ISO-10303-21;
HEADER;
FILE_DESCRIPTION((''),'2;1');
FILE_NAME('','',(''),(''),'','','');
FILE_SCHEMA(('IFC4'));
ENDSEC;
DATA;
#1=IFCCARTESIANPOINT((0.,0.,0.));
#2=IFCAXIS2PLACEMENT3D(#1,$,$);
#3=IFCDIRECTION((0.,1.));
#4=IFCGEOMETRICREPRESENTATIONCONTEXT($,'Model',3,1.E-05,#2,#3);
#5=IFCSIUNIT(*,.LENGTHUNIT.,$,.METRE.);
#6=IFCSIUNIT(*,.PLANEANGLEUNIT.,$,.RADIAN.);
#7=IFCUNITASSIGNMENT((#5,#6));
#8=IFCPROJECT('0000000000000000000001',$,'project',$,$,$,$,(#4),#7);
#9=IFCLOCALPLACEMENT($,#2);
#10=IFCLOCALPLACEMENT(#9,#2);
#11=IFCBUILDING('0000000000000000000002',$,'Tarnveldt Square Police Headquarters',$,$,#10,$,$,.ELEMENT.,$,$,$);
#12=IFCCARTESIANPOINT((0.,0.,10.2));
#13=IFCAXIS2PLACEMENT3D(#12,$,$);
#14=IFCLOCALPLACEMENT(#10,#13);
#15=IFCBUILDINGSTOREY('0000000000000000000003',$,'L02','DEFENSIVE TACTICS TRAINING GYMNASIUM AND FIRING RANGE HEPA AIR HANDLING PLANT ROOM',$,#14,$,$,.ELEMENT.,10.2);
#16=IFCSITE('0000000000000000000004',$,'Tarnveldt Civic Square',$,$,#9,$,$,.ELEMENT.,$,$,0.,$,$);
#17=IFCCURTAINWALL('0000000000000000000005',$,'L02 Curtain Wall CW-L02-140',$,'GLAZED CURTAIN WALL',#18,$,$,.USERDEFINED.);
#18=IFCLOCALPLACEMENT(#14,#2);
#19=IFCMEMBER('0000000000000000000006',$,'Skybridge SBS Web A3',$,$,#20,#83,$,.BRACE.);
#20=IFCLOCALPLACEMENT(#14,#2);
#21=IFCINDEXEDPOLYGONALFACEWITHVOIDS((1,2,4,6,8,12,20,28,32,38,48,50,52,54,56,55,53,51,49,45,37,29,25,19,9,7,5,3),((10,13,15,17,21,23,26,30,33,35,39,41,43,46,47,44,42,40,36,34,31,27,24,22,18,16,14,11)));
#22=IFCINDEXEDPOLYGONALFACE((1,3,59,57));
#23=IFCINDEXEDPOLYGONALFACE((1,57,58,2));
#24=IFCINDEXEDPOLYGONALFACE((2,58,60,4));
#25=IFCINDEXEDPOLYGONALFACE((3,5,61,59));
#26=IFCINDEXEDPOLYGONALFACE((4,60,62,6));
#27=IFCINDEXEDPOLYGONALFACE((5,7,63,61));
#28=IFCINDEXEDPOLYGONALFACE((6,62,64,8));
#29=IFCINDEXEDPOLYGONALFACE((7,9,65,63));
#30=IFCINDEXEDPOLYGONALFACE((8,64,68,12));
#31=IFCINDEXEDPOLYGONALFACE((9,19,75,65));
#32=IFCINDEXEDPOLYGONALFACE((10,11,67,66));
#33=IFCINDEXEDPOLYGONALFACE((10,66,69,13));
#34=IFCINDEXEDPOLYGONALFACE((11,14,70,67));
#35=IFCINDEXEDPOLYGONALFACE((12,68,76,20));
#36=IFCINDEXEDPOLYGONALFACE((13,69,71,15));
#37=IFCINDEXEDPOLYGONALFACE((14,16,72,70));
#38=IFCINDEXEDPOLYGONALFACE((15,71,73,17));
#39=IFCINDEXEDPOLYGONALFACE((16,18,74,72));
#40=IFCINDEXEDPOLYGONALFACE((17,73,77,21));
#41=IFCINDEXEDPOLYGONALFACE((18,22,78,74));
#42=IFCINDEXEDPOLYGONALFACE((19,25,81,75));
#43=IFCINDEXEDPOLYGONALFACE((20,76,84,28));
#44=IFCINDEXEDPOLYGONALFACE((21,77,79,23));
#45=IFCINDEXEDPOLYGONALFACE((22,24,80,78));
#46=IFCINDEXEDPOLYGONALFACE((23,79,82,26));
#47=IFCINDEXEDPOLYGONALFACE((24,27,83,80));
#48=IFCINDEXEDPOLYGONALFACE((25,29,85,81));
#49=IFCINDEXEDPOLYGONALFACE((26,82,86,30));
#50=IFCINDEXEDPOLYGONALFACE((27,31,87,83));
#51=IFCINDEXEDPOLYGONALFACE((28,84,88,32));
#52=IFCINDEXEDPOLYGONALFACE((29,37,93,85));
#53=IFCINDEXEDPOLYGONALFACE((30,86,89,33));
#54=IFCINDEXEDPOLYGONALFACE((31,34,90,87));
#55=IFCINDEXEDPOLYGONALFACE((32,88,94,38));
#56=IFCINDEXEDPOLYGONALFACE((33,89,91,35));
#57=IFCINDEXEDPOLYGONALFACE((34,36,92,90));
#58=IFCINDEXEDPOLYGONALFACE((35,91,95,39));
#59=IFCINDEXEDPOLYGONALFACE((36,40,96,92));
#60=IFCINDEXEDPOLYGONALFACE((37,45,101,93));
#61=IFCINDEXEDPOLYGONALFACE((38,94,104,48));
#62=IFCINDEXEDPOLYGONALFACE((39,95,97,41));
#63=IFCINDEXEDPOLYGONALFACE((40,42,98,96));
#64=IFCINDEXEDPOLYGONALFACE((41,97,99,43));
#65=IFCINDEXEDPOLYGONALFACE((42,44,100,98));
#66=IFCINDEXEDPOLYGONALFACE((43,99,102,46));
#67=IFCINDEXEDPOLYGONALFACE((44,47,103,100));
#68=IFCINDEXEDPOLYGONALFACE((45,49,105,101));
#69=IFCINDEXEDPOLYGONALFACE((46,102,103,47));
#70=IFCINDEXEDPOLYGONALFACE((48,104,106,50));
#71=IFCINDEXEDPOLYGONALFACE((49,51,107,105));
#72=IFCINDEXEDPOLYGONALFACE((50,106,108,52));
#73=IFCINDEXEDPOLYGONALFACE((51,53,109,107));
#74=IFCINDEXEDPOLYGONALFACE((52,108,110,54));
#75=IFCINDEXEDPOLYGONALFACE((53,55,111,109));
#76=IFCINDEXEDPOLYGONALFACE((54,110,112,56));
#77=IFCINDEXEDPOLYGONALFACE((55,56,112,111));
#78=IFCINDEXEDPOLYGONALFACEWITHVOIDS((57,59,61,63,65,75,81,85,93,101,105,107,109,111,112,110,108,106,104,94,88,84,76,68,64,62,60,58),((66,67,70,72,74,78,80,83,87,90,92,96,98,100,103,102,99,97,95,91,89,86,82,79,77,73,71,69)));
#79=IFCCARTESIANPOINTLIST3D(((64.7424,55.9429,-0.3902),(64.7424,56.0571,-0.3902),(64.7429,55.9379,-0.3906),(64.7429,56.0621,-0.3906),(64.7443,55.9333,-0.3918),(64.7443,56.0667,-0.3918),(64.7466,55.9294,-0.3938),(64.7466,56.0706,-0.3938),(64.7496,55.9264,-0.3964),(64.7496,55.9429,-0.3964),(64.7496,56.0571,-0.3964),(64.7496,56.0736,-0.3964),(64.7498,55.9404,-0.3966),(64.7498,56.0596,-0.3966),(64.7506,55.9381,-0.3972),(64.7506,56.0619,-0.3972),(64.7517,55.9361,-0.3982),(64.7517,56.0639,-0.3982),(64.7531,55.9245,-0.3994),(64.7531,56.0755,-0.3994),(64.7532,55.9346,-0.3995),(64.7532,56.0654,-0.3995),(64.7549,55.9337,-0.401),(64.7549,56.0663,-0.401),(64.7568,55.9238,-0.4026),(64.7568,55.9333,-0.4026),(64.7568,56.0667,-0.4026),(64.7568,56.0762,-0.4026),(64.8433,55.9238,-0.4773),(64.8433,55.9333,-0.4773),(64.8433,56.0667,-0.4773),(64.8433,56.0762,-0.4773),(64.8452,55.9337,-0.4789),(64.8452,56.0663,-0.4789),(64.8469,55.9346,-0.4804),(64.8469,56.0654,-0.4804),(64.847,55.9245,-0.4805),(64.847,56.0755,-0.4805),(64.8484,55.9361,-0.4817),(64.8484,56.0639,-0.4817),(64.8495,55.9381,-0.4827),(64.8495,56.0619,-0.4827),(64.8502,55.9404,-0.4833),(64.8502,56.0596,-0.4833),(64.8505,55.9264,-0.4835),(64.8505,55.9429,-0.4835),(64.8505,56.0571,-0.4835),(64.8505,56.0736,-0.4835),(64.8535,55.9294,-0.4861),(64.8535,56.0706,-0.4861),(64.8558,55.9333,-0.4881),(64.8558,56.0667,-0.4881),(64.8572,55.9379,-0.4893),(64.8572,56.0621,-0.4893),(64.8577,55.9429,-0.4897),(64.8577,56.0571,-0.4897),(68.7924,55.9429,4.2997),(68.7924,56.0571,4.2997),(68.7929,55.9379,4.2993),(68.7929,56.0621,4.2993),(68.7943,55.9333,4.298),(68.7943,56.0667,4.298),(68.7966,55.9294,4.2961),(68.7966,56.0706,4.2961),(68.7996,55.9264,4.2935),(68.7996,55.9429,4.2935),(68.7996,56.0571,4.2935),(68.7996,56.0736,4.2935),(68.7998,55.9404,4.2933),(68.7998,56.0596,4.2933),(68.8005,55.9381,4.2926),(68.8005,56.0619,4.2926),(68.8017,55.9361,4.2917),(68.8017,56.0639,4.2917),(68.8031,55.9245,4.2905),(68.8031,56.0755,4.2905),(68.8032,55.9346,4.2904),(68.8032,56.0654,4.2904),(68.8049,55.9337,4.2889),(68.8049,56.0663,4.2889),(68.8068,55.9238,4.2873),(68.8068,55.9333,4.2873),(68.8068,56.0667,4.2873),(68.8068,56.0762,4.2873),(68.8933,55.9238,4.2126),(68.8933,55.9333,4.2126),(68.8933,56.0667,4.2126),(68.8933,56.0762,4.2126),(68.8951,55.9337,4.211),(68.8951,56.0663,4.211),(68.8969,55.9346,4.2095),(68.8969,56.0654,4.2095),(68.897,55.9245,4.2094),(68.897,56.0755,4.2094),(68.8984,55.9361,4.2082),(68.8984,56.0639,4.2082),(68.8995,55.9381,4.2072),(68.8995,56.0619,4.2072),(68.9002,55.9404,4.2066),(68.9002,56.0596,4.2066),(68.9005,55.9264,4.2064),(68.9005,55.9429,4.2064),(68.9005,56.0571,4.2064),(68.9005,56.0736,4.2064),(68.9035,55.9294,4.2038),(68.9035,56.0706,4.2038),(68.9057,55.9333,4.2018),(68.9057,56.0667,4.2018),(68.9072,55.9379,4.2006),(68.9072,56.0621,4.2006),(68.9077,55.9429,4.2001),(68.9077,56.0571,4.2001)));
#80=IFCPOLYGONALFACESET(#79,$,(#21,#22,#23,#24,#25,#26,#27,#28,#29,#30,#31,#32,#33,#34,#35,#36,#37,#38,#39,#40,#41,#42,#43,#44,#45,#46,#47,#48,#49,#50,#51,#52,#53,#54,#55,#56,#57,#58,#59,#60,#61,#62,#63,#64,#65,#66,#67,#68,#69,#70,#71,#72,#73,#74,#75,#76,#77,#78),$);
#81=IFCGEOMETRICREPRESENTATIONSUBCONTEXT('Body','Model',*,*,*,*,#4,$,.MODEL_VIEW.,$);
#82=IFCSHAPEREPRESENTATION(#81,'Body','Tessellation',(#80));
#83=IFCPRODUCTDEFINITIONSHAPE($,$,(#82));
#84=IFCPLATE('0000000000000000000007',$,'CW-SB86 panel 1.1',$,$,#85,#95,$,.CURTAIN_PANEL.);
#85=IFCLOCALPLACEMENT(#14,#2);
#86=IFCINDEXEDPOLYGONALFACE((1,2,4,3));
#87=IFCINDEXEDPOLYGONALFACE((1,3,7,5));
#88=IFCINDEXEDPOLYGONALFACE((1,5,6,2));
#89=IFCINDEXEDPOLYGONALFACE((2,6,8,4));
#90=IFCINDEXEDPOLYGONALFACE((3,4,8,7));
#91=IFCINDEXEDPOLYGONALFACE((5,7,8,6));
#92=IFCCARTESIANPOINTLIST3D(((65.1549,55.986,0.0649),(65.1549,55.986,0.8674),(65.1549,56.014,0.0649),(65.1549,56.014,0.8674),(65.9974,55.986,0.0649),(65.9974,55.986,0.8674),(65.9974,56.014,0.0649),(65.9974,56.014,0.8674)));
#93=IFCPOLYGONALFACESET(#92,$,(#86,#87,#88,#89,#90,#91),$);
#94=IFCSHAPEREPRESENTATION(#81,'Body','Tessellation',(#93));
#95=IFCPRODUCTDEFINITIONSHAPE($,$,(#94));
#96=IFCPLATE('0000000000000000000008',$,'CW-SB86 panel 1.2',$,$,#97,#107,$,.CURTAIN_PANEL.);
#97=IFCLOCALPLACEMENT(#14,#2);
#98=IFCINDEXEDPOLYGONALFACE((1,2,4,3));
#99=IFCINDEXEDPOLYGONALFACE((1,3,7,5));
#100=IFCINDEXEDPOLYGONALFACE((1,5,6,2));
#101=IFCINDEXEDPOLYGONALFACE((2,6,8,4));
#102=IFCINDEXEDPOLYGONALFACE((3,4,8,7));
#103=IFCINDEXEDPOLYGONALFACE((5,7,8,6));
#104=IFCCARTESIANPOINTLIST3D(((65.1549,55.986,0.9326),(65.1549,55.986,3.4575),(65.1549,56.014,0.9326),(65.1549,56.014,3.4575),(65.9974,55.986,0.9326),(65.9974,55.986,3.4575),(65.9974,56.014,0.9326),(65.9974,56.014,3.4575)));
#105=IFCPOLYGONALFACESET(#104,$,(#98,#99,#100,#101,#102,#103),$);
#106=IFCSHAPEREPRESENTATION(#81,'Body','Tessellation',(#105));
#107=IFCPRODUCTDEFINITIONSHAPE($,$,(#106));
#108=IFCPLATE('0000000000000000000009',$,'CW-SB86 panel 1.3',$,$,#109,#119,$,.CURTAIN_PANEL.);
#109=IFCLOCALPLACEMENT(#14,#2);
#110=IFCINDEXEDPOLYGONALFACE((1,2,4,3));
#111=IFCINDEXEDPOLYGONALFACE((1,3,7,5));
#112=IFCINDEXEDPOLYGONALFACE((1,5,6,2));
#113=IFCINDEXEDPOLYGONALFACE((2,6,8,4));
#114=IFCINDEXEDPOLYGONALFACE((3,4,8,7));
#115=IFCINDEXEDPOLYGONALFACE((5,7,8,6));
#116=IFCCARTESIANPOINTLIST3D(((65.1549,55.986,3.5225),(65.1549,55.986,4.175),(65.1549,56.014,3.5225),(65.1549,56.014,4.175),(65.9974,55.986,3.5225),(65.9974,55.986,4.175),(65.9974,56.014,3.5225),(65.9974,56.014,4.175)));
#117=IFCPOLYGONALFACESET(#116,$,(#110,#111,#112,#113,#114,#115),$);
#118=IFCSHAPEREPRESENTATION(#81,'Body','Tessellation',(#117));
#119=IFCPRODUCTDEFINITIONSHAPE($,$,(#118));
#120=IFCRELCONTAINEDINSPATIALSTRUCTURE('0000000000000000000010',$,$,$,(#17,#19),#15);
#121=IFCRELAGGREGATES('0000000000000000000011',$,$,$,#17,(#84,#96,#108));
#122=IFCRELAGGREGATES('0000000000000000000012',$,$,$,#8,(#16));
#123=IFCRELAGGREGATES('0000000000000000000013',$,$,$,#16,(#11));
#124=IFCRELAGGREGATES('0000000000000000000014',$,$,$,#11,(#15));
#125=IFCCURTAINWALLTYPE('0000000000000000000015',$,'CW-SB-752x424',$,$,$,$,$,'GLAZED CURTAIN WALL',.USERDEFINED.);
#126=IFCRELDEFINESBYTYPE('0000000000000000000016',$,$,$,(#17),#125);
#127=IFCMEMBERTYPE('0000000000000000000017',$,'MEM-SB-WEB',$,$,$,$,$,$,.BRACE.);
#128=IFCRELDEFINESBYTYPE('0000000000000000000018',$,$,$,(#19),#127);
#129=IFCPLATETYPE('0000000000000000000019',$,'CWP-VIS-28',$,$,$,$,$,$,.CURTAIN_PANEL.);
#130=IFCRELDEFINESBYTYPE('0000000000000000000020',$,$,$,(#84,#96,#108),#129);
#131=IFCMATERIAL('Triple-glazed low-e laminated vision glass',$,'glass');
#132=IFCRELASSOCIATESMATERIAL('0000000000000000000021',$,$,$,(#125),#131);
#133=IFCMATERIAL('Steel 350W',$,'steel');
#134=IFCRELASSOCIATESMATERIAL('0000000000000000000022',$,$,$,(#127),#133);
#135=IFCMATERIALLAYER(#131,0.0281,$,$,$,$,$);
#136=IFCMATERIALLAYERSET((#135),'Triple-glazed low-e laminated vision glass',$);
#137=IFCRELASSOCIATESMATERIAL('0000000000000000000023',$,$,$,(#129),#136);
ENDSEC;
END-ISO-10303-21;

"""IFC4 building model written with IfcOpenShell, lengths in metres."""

from ifc_helpers import new_model, si_unit, direction, frame, origin, origin_2d, place, context, subcontext, project, spatial, rectangle, hollow_rectangle, extrude, material, layer, layer_set, material_profile, profile_set, type_object, element, aggregate, save


model = new_model("IFC4")

# Units and contexts
model_context = context("Model", 3, precision=1e-05, world=origin(), true_north=direction((0.0, 1.0)))
body_context = subcontext(model_context, "Body", "Model", "MODEL_VIEW")
ifc_project = project(units=[si_unit("LENGTHUNIT", "METRE"), si_unit("PLANEANGLEUNIT", "RADIAN")], contexts=[model_context])

# Site, building, storey
site_placement = place(None, origin())
site = spatial("IfcSite", under=ifc_project, at=site_placement, Name="Tarnveldt Civic Square", CompositionType="ELEMENT", RefElevation=0.0)
building_placement = place(site_placement, origin())
building = spatial("IfcBuilding", under=site, at=building_placement, Name="Tarnveldt Square Police Headquarters", CompositionType="ELEMENT")
storey_placement = place(building_placement, frame((0.0, 0.0, 10.2)))
storey = spatial("IfcBuildingStorey", under=building, at=storey_placement, Name="L02", Description="DEFENSIVE TACTICS TRAINING GYMNASIUM AND FIRING RANGE HEPA AIR HANDLING PLANT ROOM", CompositionType="ELEMENT", Elevation=10.2)

# Shared definitions
ifc_material_1 = material(Name="Steel 350W", Category="steel")

# Curtain wall
ifc_material_2 = material(Name="Triple-glazed low-e laminated vision glass", Category="glass")
curtain_wall_type = type_object("IfcCurtainWallType", Name="CW-SB-752x424", ElementType="GLAZED CURTAIN WALL", PredefinedType="USERDEFINED", material=ifc_material_2)
curtain_wall_placement = place(storey_placement, origin())
curtain_wall = element("IfcCurtainWall", 1, at=curtain_wall_placement, inside=storey, type_object=curtain_wall_type, Name="L02 Curtain Wall CW-L02-140", ObjectType="GLAZED CURTAIN WALL", PredefinedType="USERDEFINED")

# Member
ifc_material_profile_1 = material_profile(ifc_material_1, hollow_rectangle(XDim=0.1523, YDim=0.1523, WallThickness=0.0095, InnerFilletRadius=0.0095, OuterFilletRadius=0.019, at=origin_2d()), Name="HSS152x152x9.5")
ifc_profile_set_1 = profile_set([ifc_material_profile_1], Name="Steel 350W")
member_type_1 = type_object("IfcMemberType", Name="MEM-SB-WEB", PredefinedType="BRACE", material=ifc_profile_set_1)
for number, where, z_axis, x_axis, name in (
    (2, (64.8, 56.0, -0.4399), (0.653587, 0.0, 0.756851), (0.0, 1.0, 0.0), "Skybridge SBS Web A3"),
):
    element("IfcMember", number, at=place(storey_placement, frame(where, z_axis=z_axis, x_axis=x_axis)), inside=storey, type_object=member_type_1, Name=name, PredefinedType="BRACE", context=body_context, shape_type="SweptSolid", body=[
        extrude(hollow_rectangle(XDim=0.1523, YDim=0.1523, WallThickness=0.0095, InnerFilletRadius=0.0095, OuterFilletRadius=0.019, at=origin_2d()), origin(), (0.0, 0.0, 1.0), 6.1965),
    ])

# Plates
ifc_layer = layer(ifc_material_2, 0.0281)
ifc_layer_set = layer_set([ifc_layer], Name="Triple-glazed low-e laminated vision glass")
plate_type = type_object("IfcPlateType", Name="CWP-VIS-28", PredefinedType="CURTAIN_PANEL", material=ifc_layer_set)
plate_1_placement = place(storey_placement, frame((65.5762, 56.0, 0.0649), z_axis=(0.0, 0.0, 1.0), x_axis=(1.0, 0.0, 0.0)))
plate_1 = element("IfcPlate", 3, at=plate_1_placement, type_object=plate_type, Name="CW-SB86 panel 1.1", PredefinedType="CURTAIN_PANEL", context=body_context, shape_type="SweptSolid", body=[
    extrude(rectangle(XDim=0.8425, YDim=0.0281, at=origin_2d()), origin(), (0.0, 0.0, 1.0), 0.8025),
])
plate_2_placement = place(storey_placement, frame((65.5762, 56.0, 0.9326), z_axis=(0.0, 0.0, 1.0), x_axis=(1.0, 0.0, 0.0)))
plate_2 = element("IfcPlate", 4, at=plate_2_placement, type_object=plate_type, Name="CW-SB86 panel 1.2", PredefinedType="CURTAIN_PANEL", context=body_context, shape_type="SweptSolid", body=[
    extrude(rectangle(XDim=0.8425, YDim=0.0281, at=origin_2d()), origin(), (0.0, 0.0, 1.0), 2.5249),
])
plate_3_placement = place(storey_placement, frame((65.5762, 56.0, 3.5225), z_axis=(0.0, 0.0, 1.0), x_axis=(1.0, 0.0, 0.0)))
plate_3 = element("IfcPlate", 5, at=plate_3_placement, type_object=plate_type, Name="CW-SB86 panel 1.3", PredefinedType="CURTAIN_PANEL", context=body_context, shape_type="SweptSolid", body=[
    extrude(rectangle(XDim=0.8425, YDim=0.0281, at=origin_2d()), origin(), (0.0, 0.0, 1.0), 0.6526),
])
aggregate(curtain_wall, [plate_1, plate_2, plate_3])

save(model, "model.ifc")
